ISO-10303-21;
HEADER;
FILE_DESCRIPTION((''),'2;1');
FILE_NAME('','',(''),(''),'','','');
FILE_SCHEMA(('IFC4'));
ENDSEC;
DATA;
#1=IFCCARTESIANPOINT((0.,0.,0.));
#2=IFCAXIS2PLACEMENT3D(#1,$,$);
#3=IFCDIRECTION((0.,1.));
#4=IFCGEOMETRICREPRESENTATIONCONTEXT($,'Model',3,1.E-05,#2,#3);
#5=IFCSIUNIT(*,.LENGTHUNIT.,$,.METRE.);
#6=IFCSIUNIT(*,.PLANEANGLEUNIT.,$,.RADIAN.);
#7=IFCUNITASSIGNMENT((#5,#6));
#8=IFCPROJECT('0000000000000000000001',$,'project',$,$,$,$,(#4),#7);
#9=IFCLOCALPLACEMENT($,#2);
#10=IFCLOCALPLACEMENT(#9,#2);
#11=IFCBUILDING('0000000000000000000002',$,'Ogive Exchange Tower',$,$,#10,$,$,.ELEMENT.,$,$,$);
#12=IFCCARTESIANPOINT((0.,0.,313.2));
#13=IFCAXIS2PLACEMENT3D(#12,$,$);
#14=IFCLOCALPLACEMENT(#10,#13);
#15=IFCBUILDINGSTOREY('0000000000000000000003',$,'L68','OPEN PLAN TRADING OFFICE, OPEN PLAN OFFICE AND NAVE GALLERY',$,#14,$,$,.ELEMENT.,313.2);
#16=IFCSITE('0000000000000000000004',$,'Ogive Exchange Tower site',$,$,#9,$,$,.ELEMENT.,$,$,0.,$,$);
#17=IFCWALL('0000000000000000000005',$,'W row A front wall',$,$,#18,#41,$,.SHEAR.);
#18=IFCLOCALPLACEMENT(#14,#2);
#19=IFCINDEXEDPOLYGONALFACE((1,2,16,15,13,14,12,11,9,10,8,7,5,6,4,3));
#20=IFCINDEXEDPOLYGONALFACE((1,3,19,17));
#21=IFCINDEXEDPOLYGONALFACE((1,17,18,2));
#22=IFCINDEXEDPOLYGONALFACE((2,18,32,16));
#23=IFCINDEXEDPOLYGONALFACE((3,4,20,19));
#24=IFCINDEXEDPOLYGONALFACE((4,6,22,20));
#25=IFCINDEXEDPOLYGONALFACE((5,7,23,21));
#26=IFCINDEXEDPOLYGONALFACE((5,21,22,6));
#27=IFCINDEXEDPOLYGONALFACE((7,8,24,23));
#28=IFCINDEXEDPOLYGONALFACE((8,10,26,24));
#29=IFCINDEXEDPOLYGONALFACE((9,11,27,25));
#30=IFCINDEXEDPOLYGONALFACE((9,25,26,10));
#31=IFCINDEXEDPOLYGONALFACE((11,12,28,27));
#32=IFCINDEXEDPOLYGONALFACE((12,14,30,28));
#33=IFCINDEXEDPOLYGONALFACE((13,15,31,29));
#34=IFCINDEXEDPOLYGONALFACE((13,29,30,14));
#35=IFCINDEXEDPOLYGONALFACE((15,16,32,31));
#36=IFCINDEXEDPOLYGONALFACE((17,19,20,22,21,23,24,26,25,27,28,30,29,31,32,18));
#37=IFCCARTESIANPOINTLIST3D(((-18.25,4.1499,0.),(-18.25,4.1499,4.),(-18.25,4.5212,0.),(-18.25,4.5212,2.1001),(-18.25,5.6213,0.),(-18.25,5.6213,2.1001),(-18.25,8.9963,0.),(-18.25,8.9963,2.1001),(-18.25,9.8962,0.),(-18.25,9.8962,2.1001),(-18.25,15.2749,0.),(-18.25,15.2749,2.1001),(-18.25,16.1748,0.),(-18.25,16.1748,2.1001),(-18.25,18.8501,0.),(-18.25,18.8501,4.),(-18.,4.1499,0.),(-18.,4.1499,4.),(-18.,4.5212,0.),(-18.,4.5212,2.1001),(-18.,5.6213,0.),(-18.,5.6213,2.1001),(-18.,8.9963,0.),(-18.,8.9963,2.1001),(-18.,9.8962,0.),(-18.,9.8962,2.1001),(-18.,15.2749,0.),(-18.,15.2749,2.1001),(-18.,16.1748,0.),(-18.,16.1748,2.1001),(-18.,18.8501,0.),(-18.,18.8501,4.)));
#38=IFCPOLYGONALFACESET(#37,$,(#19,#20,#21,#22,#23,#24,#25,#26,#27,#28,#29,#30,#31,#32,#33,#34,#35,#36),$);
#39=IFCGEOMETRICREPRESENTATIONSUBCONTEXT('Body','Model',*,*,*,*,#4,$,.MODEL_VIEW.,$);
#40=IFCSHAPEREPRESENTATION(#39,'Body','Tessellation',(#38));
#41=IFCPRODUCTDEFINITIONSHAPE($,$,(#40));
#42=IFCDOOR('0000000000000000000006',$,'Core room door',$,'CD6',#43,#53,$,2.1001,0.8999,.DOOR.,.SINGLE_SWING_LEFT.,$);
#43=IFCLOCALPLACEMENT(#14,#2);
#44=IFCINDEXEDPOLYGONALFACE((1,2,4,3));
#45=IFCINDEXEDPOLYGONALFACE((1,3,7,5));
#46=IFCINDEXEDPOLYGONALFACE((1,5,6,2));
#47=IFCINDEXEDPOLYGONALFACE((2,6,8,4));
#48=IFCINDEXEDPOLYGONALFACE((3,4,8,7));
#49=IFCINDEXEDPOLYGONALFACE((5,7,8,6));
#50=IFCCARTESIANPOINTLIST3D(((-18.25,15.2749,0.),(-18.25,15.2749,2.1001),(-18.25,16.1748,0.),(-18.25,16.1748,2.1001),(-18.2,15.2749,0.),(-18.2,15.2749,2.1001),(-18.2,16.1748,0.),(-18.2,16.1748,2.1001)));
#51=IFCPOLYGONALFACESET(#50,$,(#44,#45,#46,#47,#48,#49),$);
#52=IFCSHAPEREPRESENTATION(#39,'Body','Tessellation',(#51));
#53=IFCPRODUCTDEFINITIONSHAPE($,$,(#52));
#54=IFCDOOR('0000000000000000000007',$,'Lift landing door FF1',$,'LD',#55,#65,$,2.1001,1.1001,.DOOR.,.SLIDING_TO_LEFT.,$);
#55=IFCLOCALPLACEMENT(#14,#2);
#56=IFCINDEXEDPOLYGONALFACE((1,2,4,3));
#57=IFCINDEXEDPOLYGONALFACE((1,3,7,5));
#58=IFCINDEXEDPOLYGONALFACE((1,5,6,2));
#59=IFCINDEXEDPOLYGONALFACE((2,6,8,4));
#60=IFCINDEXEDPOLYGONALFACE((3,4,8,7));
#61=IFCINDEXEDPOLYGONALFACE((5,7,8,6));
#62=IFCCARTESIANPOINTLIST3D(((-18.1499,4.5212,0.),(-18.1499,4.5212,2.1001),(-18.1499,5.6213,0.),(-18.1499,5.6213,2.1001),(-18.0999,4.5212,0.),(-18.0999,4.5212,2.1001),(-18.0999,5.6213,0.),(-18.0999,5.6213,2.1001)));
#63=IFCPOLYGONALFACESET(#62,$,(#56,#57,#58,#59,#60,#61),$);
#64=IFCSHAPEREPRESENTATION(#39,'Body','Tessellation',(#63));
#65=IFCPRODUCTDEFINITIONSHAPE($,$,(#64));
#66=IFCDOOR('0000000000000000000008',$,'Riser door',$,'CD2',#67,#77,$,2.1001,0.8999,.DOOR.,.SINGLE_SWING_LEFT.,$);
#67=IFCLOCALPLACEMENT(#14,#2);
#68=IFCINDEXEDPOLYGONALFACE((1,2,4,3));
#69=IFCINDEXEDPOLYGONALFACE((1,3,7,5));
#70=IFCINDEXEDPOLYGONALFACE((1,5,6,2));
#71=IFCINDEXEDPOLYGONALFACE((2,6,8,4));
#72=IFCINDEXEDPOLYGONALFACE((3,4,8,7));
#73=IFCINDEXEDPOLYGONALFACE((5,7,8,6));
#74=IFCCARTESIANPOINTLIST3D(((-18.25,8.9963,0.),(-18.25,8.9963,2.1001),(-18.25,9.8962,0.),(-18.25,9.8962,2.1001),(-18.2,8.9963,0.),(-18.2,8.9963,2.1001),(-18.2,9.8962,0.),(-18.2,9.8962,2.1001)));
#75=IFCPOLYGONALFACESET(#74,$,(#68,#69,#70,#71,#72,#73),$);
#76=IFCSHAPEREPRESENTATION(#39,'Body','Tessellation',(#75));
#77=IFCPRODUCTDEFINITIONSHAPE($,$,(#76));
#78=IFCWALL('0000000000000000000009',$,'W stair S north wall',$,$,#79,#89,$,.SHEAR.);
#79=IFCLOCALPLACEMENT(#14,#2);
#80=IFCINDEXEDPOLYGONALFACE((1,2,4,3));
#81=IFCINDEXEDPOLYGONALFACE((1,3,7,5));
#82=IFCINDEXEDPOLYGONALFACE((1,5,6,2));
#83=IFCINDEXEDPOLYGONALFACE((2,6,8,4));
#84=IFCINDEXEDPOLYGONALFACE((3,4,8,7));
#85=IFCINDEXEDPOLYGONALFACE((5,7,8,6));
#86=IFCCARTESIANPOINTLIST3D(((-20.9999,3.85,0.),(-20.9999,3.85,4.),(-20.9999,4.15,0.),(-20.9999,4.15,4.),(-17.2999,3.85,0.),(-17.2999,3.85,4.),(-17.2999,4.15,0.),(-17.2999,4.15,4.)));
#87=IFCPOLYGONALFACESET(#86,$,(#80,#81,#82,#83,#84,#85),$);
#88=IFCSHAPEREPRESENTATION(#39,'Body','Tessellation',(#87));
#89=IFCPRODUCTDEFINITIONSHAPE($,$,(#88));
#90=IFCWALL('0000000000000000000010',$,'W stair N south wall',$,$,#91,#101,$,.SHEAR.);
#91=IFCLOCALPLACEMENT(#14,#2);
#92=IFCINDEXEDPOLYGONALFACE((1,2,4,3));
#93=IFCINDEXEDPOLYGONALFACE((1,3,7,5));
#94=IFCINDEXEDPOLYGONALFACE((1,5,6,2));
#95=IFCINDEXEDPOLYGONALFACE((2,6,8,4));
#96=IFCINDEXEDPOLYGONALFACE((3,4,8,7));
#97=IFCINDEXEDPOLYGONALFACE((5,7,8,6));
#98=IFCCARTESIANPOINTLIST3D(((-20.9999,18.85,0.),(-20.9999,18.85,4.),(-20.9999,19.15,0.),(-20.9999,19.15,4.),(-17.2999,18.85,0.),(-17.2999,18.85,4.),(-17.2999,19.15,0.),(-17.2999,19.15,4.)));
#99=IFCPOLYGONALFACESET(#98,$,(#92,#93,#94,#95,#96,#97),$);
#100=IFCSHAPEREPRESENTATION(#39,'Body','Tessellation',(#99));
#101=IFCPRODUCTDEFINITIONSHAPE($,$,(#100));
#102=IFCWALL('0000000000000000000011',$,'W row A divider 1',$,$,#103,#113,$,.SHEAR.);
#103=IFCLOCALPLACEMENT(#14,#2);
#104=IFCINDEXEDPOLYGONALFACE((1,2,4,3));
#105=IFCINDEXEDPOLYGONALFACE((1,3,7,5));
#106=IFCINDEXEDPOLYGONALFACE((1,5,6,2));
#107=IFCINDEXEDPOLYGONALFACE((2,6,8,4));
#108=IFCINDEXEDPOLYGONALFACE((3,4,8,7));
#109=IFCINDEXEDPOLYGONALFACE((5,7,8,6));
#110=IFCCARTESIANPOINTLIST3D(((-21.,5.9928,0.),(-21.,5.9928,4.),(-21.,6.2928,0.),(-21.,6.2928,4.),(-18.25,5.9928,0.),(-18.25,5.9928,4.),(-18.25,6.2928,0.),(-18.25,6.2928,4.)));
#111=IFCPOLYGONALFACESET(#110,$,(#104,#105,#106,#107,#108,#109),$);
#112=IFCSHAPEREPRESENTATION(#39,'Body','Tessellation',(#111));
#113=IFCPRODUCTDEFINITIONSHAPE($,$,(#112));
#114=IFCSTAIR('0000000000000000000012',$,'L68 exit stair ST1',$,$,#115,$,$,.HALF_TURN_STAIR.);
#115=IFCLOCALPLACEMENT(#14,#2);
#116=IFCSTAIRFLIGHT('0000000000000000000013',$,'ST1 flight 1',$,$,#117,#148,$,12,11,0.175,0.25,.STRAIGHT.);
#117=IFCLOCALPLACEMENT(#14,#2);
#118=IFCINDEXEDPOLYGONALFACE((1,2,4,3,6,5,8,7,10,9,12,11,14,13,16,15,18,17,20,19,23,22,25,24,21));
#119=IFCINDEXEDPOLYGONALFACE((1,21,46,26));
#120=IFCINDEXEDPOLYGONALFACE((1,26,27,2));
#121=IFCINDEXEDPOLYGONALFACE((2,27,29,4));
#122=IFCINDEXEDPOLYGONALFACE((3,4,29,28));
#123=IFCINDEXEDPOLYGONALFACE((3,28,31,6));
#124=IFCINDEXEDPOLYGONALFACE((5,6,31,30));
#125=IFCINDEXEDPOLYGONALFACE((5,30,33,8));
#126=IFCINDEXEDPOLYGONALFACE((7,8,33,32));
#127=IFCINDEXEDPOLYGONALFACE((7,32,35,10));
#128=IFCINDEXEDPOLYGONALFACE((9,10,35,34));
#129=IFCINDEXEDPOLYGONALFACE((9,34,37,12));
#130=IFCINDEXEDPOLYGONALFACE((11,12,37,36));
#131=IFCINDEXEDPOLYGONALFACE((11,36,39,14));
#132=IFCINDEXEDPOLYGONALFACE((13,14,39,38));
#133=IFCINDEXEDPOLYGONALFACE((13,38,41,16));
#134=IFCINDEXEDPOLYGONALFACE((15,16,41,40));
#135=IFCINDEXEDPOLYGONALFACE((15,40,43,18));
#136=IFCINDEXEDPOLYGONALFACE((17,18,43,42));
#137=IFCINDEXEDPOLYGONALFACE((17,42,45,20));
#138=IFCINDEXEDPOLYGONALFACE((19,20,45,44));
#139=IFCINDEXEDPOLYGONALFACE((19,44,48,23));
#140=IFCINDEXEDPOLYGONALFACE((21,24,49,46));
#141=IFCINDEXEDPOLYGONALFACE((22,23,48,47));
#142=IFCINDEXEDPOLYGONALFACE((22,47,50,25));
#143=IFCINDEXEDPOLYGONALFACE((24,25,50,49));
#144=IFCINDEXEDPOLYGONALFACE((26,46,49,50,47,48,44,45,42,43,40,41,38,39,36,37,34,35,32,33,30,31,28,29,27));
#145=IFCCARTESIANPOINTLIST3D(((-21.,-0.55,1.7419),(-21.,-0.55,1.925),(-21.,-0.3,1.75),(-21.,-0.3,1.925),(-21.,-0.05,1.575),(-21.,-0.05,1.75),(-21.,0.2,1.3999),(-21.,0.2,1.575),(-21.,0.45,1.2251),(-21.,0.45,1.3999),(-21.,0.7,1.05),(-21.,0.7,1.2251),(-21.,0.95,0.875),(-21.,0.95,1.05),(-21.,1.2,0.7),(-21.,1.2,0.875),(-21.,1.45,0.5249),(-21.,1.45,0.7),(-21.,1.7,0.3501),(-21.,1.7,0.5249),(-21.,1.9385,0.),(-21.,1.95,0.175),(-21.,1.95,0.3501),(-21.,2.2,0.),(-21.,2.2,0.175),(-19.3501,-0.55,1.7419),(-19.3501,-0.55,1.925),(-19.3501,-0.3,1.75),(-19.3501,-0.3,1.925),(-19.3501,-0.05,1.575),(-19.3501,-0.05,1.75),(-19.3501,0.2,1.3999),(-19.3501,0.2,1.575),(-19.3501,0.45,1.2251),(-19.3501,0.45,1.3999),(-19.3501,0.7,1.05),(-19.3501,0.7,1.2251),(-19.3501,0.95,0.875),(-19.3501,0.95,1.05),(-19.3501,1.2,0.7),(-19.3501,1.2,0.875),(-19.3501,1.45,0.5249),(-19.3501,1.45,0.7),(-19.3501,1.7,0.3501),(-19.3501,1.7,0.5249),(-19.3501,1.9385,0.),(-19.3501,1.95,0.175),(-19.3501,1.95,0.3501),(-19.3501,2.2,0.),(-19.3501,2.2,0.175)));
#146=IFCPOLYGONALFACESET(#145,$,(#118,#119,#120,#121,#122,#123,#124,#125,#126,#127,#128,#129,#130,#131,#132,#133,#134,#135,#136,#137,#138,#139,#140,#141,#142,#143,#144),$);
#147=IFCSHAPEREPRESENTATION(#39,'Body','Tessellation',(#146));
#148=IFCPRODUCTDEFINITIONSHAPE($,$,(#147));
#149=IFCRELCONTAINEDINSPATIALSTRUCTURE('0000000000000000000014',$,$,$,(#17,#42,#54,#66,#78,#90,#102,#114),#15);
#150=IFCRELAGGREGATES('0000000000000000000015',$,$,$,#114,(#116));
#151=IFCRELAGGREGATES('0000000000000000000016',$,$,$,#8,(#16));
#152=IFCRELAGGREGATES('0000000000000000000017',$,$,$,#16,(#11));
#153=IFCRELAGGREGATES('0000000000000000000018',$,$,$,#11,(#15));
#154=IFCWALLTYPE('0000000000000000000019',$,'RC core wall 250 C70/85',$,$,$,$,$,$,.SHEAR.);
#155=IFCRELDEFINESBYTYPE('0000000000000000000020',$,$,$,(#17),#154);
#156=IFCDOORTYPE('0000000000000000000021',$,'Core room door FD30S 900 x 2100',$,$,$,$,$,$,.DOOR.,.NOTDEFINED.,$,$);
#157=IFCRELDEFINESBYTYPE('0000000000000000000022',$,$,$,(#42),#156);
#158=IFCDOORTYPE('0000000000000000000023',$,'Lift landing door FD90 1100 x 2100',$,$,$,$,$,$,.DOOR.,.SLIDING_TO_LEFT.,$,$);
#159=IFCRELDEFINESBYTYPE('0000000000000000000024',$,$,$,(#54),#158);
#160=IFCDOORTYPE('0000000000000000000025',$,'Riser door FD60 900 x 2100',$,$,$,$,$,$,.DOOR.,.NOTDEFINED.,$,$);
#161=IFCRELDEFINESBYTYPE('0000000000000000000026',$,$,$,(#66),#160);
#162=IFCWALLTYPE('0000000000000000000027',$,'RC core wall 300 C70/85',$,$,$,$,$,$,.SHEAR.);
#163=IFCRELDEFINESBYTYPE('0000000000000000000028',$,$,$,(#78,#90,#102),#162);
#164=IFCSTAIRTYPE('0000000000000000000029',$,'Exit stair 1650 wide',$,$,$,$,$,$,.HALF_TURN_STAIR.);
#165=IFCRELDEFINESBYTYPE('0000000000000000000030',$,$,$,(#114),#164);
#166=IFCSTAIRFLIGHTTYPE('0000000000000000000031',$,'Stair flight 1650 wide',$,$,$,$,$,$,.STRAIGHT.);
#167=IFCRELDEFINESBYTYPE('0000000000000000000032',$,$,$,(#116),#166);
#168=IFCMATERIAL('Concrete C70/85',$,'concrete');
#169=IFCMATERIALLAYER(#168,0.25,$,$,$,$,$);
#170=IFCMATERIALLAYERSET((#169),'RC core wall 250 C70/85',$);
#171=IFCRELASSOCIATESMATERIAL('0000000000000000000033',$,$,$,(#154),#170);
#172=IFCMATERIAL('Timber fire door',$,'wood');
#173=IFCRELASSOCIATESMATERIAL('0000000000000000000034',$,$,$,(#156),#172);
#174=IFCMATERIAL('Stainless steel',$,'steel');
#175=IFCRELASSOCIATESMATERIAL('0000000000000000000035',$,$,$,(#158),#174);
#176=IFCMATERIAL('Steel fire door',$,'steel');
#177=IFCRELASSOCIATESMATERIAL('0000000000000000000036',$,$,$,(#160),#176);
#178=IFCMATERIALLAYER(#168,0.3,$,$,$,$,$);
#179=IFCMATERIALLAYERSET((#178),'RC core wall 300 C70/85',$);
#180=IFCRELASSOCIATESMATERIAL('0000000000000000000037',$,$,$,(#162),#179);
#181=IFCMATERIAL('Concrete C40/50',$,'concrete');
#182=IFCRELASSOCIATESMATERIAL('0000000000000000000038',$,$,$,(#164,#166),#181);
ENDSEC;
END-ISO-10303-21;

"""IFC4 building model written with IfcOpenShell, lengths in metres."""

from ifc_helpers import new_model, si_unit, direction, frame, frame_2d, origin, place, context, subcontext, project, spatial, polyline, rectangle, outline, extrude, material, layer, layer_set, type_object, element, fill, aggregate, save


model = new_model("IFC4")

# Units and contexts
model_context = context("Model", 3, precision=1e-05, world=origin(), true_north=direction((0.0, 1.0)))
body_context = subcontext(model_context, "Body", "Model", "MODEL_VIEW")
ifc_project = project(units=[si_unit("LENGTHUNIT", "METRE"), si_unit("PLANEANGLEUNIT", "RADIAN")], contexts=[model_context])

# Site, building, storey
site_placement = place(None, origin())
site = spatial("IfcSite", under=ifc_project, at=site_placement, Name="Ogive Exchange Tower site", CompositionType="ELEMENT", RefElevation=0.0)
building_placement = place(site_placement, origin())
building = spatial("IfcBuilding", under=site, at=building_placement, Name="Ogive Exchange Tower", CompositionType="ELEMENT")
storey_placement = place(building_placement, frame((0.0, 0.0, 313.2)))
storey = spatial("IfcBuildingStorey", under=building, at=storey_placement, Name="L68", Description="OPEN PLAN TRADING OFFICE, OPEN PLAN OFFICE AND NAVE GALLERY", CompositionType="ELEMENT", Elevation=313.2)

# Wall, openings, doors
ifc_material_1 = material(Name="Concrete C70/85", Category="concrete")
ifc_layer_1 = layer(ifc_material_1, 0.25)
ifc_layer_set_1 = layer_set([ifc_layer_1], Name="RC core wall 250 C70/85")
wall_type_1 = type_object("IfcWallType", Name="RC core wall 250 C70/85", PredefinedType="SHEAR", material=ifc_layer_set_1)
wall_1_placement = place(storey_placement, frame((-18.125, 4.1499, 0.0), z_axis=(0.0, 0.0, 1.0), x_axis=(0.0, 1.0, 0.0)))
wall_1 = element("IfcWall", 1, at=wall_1_placement, inside=storey, type_object=wall_type_1, Name="W row A front wall", PredefinedType="SHEAR", context=body_context, shape_type="SweptSolid", body=[
    extrude(rectangle(XDim=14.7002, YDim=0.25, at=frame_2d((7.3501, 0.0))), origin(), (0.0, 0.0, 1.0), 4.0),
])
opening_1_placement = place(wall_1_placement, frame((4.8464, 0.0, 0.0)))
opening_1 = element("IfcOpeningElement", 2, at=opening_1_placement, cuts=wall_1, PredefinedType="OPENING", context=body_context, shape_type="SweptSolid", body=[
    extrude(rectangle(XDim=0.8999, YDim=2.1001, at=frame_2d((0.45, 1.05))), frame((0.0, 0.135, 0.0), z_axis=(0.0, -1.0, 0.0), x_axis=(1.0, 0.0, 0.0)), (0.0, 0.0, 1.0), 0.27),
])
opening_2_placement = place(wall_1_placement, frame((11.125, 0.0, 0.0)))
opening_2 = element("IfcOpeningElement", 3, at=opening_2_placement, cuts=wall_1, PredefinedType="OPENING", context=body_context, shape_type="SweptSolid", body=[
    extrude(rectangle(XDim=0.8999, YDim=2.1001, at=frame_2d((0.45, 1.05))), frame((0.0, 0.135, 0.0), z_axis=(0.0, -1.0, 0.0), x_axis=(1.0, 0.0, 0.0)), (0.0, 0.0, 1.0), 0.27),
])
opening_3_placement = place(wall_1_placement, frame((0.3713, 0.0, 0.0)))
opening_3 = element("IfcOpeningElement", 4, at=opening_3_placement, cuts=wall_1, PredefinedType="OPENING", context=body_context, shape_type="SweptSolid", body=[
    extrude(rectangle(XDim=1.1001, YDim=2.1001, at=frame_2d((0.55, 1.05))), frame((0.0, 0.135, 0.0), z_axis=(0.0, -1.0, 0.0), x_axis=(1.0, 0.0, 0.0)), (0.0, 0.0, 1.0), 0.27),
])
ifc_material_2 = material(Name="Timber fire door", Category="wood")
door_type_1 = type_object("IfcDoorType", Name="Core room door FD30S 900 x 2100", OperationType="NOTDEFINED", PredefinedType="DOOR", material=ifc_material_2)
door_1_placement = place(opening_2_placement, origin())
door_1 = element("IfcDoor", 5, at=door_1_placement, inside=storey, type_object=door_type_1, Name="Core room door", ObjectType="CD6", OperationType="SINGLE_SWING_LEFT", OverallHeight=2.1001, OverallWidth=0.8999, PredefinedType="DOOR", context=body_context, shape_type="SweptSolid", body=[
    extrude(rectangle(XDim=0.8999, YDim=2.1001, at=frame_2d((0.45, 1.05))), frame((0.0, 0.125, 0.0), z_axis=(0.0, -1.0, 0.0), x_axis=(1.0, 0.0, 0.0)), (0.0, 0.0, 1.0), 0.05),
])
fill(opening_2, door_1)
ifc_material_3 = material(Name="Stainless steel", Category="steel")
door_type_2 = type_object("IfcDoorType", Name="Lift landing door FD90 1100 x 2100", OperationType="SLIDING_TO_LEFT", PredefinedType="DOOR", material=ifc_material_3)
door_2_placement = place(opening_3_placement, origin())
door_2 = element("IfcDoor", 6, at=door_2_placement, inside=storey, type_object=door_type_2, Name="Lift landing door FF1", ObjectType="LD", OperationType="SLIDING_TO_LEFT", OverallHeight=2.1001, OverallWidth=1.1001, PredefinedType="DOOR", context=body_context, shape_type="SweptSolid", body=[
    extrude(rectangle(XDim=1.1001, YDim=2.1001, at=frame_2d((0.55, 1.05))), frame((0.0, 0.0249, 0.0), z_axis=(0.0, -1.0, 0.0), x_axis=(1.0, 0.0, 0.0)), (0.0, 0.0, 1.0), 0.05),
])
fill(opening_3, door_2)
ifc_material_4 = material(Name="Steel fire door", Category="steel")
door_type_3 = type_object("IfcDoorType", Name="Riser door FD60 900 x 2100", OperationType="NOTDEFINED", PredefinedType="DOOR", material=ifc_material_4)
door_3_placement = place(opening_1_placement, origin())
door_3 = element("IfcDoor", 7, at=door_3_placement, inside=storey, type_object=door_type_3, Name="Riser door", ObjectType="CD2", OperationType="SINGLE_SWING_LEFT", OverallHeight=2.1001, OverallWidth=0.8999, PredefinedType="DOOR", context=body_context, shape_type="SweptSolid", body=[
    extrude(rectangle(XDim=0.8999, YDim=2.1001, at=frame_2d((0.45, 1.05))), frame((0.0, 0.125, 0.0), z_axis=(0.0, -1.0, 0.0), x_axis=(1.0, 0.0, 0.0)), (0.0, 0.0, 1.0), 0.05),
])
fill(opening_1, door_3)

# Walls
ifc_layer_2 = layer(ifc_material_1, 0.3)
ifc_layer_set_2 = layer_set([ifc_layer_2], Name="RC core wall 300 C70/85")
wall_type_2 = type_object("IfcWallType", Name="RC core wall 300 C70/85", PredefinedType="SHEAR", material=ifc_layer_set_2)
for number, where, z_axis, x_axis, name in (
    (8, (-21.0, 4.0, 0.0), (0.0, 0.0, 1.0), (1.0, 0.0, 0.0), "W stair S north wall"),
    (9, (-21.0, 19.0, 0.0), (0.0, 0.0, 1.0), (1.0, 0.0, 0.0), "W stair N south wall"),
):
    element("IfcWall", number, at=place(storey_placement, frame(where, z_axis=z_axis, x_axis=x_axis)), inside=storey, type_object=wall_type_2, Name=name, PredefinedType="SHEAR", context=body_context, shape_type="SweptSolid", body=[
        extrude(rectangle(XDim=3.7, YDim=0.3, at=frame_2d((1.8501, 0.0))), origin(), (0.0, 0.0, 1.0), 4.0),
    ])
wall_2_placement = place(storey_placement, frame((-21.0, 6.1428, 0.0), z_axis=(0.0, 0.0, 1.0), x_axis=(1.0, 0.0, 0.0)))
element("IfcWall", 10, at=wall_2_placement, inside=storey, type_object=wall_type_2, Name="W row A divider 1", PredefinedType="SHEAR", context=body_context, shape_type="SweptSolid", body=[
    extrude(rectangle(XDim=2.75, YDim=0.3, at=frame_2d((1.375, 0.0))), origin(), (0.0, 0.0, 1.0), 4.0),
])

# Stair, stair flight
ifc_material_5 = material(Name="Concrete C40/50", Category="concrete")
stair_type = type_object("IfcStairType", Name="Exit stair 1650 wide", PredefinedType="HALF_TURN_STAIR", material=ifc_material_5)
stair_placement = place(storey_placement, origin())
stair = element("IfcStair", 11, at=stair_placement, inside=storey, type_object=stair_type, Name="L68 exit stair ST1", PredefinedType="HALF_TURN_STAIR")
stair_flight_type = type_object("IfcStairFlightType", Name="Stair flight 1650 wide", PredefinedType="STRAIGHT", material=ifc_material_5)
stair_flight_1_placement = place(storey_placement, frame((-20.175, 2.2, 0.0), z_axis=(0.0, 0.0, 1.0), x_axis=(0.0, -1.0, 0.0)))
stair_flight_1 = element("IfcStairFlight", 12, at=stair_flight_1_placement, type_object=stair_flight_type, Name="ST1 flight 1", NumberOfRisers=12, NumberOfTreads=11, PredefinedType="STRAIGHT", RiserHeight=0.175, TreadLength=0.25, context=body_context, shape_type="SweptSolid", body=[
    extrude(outline(polyline([(0.0, 0.0), (0.0, 0.175), (0.25, 0.175), (0.25, 0.3501), (0.5, 0.3501), (0.5, 0.5249), (0.75, 0.5249), (0.75, 0.7), (1.0, 0.7), (1.0, 0.875), (1.25, 0.875), (1.25, 1.05), (1.5, 1.05), (1.5, 1.2251), (1.75, 1.2251), (1.75, 1.3999), (2.0, 1.3999), (2.0, 1.575), (2.25, 1.575), (2.25, 1.75), (2.5, 1.75), (2.5, 1.925), (2.75, 1.925), (2.75, 2.1001), (2.75, 1.7419), (0.2615, 0.0), (0.0, 0.0)])), frame((0.0, 0.825, 0.0), z_axis=(0.0, -1.0, 0.0), x_axis=(1.0, 0.0, 0.0)), (0.0, 0.0, 1.0), 1.6499),
])
aggregate(stair, [stair_flight_1])

save(model, "model.ifc")
